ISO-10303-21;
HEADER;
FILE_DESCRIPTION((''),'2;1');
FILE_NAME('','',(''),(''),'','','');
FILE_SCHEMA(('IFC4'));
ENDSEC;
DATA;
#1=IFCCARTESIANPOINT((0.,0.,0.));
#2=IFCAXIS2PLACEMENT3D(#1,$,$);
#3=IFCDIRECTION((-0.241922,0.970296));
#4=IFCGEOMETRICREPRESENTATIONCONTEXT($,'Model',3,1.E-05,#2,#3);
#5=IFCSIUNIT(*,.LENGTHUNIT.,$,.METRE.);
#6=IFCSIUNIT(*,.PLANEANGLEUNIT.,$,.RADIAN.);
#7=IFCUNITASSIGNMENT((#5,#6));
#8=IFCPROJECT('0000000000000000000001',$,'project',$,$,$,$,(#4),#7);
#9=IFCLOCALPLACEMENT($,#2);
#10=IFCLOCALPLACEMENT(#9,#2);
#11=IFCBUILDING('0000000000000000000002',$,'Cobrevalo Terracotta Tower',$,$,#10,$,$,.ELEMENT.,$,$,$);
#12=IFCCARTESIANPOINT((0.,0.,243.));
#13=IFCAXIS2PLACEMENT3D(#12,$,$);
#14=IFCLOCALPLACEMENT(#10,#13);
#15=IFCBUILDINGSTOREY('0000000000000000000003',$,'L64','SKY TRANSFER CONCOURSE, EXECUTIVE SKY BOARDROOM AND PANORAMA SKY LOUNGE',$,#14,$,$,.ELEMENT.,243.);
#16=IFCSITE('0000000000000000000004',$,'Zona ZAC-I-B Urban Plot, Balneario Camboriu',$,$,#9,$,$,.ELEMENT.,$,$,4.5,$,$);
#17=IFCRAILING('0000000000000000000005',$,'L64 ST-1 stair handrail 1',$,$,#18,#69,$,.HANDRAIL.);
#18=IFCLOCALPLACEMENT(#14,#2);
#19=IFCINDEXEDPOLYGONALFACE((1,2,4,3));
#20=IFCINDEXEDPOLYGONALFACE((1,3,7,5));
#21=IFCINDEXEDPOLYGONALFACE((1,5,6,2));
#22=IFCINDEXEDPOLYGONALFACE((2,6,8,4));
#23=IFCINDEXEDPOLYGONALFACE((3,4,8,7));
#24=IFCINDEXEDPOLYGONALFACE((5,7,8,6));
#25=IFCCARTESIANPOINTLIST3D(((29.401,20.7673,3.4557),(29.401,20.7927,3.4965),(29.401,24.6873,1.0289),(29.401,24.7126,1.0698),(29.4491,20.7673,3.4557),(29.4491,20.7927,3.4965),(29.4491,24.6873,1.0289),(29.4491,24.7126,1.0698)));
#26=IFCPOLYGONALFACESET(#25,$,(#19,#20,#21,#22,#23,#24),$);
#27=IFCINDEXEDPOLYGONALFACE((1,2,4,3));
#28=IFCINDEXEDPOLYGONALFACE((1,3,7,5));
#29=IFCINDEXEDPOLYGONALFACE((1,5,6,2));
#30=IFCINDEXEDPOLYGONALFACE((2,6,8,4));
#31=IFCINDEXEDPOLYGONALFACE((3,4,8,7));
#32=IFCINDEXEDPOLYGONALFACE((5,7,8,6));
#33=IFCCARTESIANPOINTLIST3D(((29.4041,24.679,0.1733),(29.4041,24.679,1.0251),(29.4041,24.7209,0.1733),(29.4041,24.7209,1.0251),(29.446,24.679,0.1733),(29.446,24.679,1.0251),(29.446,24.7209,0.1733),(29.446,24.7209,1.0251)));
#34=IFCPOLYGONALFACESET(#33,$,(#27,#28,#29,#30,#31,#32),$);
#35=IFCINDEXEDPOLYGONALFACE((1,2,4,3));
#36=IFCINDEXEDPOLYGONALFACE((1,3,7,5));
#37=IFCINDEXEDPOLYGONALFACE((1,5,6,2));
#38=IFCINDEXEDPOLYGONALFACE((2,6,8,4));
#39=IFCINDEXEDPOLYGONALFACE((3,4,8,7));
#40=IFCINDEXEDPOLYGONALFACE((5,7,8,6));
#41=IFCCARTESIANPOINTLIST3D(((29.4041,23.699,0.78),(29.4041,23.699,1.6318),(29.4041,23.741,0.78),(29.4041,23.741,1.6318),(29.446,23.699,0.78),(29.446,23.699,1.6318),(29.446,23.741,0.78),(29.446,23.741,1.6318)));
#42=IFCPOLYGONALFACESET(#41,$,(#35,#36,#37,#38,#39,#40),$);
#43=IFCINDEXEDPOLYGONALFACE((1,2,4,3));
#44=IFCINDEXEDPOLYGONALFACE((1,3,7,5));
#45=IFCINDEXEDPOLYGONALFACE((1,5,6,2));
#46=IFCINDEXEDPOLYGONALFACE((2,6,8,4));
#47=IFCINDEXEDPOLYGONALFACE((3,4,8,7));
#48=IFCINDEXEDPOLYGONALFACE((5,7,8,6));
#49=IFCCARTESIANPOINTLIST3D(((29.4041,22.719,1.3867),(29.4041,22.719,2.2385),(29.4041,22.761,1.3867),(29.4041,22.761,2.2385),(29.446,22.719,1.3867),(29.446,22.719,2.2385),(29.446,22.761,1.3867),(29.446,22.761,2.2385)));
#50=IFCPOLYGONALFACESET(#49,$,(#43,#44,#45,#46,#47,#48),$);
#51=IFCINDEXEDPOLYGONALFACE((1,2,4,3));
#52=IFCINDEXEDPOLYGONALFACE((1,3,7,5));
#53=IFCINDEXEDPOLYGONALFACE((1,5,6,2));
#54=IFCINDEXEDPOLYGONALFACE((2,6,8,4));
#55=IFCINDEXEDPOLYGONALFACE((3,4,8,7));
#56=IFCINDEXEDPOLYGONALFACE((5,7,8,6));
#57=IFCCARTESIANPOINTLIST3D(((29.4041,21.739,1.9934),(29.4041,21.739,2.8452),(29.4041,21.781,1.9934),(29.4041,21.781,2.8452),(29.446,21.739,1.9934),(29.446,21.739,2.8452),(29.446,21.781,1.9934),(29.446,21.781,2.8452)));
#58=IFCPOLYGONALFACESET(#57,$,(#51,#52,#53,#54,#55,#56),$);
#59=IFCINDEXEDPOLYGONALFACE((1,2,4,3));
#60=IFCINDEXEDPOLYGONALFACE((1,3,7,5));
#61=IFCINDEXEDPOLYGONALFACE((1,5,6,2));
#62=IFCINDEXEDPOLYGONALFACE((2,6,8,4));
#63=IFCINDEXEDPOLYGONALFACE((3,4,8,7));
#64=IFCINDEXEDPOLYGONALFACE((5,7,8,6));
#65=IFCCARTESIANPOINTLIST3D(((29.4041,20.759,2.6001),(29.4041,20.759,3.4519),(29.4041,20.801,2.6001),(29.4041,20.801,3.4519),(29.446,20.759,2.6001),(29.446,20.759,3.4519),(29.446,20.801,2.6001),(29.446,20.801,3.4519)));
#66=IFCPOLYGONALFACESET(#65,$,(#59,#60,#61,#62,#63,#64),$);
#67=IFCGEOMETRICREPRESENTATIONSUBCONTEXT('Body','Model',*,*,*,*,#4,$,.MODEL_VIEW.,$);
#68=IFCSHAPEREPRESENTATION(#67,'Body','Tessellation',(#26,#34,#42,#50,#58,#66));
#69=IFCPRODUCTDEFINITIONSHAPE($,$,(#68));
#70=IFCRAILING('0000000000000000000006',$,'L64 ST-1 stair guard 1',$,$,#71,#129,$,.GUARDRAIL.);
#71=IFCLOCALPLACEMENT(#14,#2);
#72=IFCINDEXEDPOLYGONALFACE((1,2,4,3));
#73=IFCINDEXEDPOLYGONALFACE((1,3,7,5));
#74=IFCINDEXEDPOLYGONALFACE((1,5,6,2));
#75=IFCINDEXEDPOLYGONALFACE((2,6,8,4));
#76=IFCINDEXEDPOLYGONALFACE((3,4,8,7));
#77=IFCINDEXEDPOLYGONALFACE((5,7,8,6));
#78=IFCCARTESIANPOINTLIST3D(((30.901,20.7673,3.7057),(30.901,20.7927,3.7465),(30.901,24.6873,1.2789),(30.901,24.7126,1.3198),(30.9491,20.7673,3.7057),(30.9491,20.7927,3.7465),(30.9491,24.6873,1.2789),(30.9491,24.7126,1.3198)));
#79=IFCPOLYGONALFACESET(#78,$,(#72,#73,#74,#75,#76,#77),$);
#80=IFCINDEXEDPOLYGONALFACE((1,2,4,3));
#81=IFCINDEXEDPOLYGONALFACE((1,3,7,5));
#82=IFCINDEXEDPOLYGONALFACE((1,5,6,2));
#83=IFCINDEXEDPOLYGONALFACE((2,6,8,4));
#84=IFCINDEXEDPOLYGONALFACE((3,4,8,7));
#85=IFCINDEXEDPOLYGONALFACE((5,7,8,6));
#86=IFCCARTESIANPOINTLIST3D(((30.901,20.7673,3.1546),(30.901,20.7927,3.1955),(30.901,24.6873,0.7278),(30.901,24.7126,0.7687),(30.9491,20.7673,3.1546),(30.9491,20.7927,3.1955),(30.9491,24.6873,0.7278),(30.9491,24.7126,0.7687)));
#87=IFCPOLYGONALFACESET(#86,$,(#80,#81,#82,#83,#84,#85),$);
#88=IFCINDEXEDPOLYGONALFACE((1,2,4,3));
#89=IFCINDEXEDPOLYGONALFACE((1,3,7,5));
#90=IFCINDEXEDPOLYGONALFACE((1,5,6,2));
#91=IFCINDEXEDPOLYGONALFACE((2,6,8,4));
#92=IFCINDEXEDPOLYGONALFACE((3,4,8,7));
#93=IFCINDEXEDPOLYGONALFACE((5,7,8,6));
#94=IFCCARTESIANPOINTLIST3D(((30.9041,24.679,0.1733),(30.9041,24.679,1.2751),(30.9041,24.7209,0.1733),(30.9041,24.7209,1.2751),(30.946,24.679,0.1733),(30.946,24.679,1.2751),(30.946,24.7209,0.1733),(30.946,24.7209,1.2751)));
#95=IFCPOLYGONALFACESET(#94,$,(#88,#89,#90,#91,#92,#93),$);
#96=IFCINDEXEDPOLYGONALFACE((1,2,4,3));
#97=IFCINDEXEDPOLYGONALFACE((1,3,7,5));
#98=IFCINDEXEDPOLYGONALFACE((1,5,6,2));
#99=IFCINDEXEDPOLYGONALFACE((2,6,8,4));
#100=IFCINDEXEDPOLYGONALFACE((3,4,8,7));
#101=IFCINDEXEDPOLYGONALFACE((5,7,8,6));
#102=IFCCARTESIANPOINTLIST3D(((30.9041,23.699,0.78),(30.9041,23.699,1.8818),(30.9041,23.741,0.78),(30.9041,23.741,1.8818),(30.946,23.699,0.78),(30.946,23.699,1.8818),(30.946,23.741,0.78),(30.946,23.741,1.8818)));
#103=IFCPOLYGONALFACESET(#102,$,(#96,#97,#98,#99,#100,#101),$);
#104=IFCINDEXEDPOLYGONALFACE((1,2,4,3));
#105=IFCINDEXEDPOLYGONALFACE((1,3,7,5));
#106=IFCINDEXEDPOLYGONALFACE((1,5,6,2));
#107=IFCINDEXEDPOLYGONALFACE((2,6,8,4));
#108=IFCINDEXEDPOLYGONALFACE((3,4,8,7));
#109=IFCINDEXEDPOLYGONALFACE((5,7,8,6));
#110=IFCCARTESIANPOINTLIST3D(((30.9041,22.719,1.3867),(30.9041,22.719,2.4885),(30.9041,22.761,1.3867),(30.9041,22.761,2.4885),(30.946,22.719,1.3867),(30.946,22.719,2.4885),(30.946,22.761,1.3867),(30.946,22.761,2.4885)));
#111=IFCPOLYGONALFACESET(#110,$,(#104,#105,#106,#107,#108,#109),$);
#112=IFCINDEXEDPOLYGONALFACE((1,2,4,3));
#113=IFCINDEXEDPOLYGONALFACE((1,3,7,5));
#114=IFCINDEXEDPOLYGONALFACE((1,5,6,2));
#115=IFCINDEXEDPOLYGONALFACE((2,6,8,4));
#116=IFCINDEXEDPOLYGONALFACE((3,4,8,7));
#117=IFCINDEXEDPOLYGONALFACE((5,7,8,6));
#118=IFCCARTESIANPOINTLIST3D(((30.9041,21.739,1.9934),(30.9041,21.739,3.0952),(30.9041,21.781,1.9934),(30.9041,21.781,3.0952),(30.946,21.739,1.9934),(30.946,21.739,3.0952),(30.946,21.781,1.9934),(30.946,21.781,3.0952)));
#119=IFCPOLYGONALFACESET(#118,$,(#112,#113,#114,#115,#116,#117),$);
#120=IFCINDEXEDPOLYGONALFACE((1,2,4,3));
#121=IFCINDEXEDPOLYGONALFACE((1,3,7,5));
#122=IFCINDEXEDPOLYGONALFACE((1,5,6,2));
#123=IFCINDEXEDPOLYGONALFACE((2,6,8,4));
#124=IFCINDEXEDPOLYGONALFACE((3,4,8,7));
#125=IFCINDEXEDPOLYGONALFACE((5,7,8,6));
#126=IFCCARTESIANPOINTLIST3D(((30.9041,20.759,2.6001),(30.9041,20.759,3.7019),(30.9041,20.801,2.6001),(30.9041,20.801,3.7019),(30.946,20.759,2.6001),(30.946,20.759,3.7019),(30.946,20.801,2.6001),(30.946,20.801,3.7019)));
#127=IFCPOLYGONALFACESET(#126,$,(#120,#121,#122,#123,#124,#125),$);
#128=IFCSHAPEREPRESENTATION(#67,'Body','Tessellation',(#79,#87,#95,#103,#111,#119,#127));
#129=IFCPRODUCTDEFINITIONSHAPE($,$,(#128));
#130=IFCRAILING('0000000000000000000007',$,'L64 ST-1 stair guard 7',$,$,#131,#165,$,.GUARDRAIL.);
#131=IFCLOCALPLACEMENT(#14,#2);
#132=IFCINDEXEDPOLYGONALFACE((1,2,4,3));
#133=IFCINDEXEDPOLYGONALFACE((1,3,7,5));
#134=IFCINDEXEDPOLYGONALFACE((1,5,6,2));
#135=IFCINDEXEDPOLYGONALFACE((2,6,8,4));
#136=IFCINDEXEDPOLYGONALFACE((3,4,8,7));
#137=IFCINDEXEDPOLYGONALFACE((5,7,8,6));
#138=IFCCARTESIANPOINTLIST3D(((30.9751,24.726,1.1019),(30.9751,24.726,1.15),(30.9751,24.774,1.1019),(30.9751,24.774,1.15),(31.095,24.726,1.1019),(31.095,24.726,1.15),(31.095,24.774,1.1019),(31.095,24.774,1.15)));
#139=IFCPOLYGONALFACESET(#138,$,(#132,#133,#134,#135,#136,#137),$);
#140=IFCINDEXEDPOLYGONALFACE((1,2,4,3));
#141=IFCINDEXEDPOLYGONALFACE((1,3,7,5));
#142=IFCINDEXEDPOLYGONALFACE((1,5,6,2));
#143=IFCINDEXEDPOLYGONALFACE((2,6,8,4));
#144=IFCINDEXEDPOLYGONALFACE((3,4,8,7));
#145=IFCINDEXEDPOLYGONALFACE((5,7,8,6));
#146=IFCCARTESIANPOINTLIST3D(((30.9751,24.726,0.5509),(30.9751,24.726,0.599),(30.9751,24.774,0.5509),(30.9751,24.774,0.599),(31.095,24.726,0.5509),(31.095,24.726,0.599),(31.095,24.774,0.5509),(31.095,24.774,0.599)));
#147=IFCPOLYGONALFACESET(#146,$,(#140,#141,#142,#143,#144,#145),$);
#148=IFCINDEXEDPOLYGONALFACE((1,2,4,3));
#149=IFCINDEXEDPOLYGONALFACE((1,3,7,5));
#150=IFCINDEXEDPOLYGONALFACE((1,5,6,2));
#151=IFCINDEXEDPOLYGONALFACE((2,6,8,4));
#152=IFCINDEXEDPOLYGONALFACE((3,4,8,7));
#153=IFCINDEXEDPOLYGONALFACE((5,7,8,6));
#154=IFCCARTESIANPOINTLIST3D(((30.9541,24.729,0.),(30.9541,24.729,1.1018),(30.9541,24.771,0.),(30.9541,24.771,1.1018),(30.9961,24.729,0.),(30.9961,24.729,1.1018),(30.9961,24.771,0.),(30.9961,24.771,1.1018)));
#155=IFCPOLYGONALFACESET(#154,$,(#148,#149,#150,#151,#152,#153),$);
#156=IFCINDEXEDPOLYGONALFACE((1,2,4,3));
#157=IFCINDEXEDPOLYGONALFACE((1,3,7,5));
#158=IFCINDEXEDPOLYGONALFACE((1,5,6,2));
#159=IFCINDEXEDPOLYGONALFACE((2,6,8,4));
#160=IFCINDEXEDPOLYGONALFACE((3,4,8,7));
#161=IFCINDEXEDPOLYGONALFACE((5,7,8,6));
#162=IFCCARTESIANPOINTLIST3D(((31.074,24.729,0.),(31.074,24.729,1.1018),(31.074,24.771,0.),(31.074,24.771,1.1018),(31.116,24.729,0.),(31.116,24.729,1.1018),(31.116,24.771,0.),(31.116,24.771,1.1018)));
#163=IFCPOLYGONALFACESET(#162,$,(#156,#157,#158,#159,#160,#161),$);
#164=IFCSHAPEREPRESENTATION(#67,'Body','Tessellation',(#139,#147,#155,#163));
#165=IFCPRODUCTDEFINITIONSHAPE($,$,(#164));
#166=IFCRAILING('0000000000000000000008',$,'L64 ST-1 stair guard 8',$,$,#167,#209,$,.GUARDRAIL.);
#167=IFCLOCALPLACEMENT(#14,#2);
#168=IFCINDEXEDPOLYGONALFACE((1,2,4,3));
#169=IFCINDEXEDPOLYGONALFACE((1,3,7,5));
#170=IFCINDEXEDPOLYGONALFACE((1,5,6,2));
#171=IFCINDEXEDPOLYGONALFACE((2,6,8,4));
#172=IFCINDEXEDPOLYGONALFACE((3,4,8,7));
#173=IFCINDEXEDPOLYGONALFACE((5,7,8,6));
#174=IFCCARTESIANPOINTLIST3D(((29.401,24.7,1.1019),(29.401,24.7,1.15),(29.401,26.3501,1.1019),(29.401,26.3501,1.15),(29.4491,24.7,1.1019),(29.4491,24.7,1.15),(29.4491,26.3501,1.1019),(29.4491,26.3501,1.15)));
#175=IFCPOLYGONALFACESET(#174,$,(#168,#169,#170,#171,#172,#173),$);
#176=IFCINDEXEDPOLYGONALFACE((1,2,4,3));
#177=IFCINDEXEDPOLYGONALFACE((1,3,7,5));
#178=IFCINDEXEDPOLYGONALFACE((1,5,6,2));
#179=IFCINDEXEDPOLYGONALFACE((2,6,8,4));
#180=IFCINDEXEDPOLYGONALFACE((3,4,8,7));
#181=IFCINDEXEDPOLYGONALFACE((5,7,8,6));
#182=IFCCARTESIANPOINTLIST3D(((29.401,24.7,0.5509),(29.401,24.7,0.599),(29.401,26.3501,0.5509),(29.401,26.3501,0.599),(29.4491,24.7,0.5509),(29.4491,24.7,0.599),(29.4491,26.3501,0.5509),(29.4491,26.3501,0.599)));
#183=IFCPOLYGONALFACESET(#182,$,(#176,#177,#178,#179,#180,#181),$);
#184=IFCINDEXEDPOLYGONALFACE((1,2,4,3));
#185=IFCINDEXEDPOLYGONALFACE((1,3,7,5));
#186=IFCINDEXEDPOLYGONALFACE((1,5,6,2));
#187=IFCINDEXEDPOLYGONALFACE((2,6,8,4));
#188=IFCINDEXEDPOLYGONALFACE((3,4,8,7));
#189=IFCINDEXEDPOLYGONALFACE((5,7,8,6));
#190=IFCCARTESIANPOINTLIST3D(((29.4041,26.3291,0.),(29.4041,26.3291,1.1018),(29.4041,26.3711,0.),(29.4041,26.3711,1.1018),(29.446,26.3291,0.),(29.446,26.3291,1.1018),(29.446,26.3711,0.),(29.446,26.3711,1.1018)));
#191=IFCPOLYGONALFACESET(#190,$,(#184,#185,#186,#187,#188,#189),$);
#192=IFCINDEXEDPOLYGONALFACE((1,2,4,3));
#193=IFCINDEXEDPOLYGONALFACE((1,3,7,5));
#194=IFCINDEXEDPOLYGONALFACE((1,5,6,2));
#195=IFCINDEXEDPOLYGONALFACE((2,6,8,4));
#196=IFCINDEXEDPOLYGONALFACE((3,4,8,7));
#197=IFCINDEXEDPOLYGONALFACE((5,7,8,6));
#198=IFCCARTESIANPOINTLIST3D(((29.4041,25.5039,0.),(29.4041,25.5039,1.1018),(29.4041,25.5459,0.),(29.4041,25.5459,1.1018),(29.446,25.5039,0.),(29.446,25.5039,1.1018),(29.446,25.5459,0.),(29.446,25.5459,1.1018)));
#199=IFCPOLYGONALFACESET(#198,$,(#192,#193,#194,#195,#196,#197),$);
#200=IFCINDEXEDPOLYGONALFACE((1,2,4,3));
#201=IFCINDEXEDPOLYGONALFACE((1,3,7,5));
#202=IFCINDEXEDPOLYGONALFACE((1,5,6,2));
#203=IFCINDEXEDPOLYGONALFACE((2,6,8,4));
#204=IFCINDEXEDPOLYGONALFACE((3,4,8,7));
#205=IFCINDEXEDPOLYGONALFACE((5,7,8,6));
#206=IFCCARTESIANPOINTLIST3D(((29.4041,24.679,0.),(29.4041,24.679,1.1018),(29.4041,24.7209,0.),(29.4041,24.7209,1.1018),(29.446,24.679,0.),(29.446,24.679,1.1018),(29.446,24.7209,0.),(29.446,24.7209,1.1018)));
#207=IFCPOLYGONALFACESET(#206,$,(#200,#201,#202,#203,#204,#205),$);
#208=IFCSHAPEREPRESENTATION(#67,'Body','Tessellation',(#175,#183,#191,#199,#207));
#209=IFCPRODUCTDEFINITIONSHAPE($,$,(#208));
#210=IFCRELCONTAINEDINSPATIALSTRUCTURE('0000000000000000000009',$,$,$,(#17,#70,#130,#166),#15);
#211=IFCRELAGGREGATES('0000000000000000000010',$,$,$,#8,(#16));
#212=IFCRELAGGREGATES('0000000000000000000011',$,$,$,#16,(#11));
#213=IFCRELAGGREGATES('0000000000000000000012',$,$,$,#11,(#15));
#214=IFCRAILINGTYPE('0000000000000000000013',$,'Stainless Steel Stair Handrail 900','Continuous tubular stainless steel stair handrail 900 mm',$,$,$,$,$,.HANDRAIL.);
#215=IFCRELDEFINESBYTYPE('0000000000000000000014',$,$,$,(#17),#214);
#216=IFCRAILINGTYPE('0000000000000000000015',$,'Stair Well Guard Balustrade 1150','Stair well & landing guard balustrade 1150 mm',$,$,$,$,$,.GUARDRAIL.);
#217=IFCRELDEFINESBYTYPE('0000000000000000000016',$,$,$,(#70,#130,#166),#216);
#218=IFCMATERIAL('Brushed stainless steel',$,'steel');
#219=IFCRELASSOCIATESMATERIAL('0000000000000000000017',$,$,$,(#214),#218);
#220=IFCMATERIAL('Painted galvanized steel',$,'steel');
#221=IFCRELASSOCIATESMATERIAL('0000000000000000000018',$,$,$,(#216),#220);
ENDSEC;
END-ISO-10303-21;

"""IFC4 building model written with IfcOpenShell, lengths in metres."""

from ifc_helpers import new_model, si_unit, direction, frame, origin, origin_2d, place, context, subcontext, project, spatial, rectangle, extrude, material, type_object, element, save


model = new_model("IFC4")

# Units and contexts
model_context = context("Model", 3, precision=1e-05, world=origin(), true_north=direction((-0.241922, 0.970296)))
body_context = subcontext(model_context, "Body", "Model", "MODEL_VIEW")
ifc_project = project(units=[si_unit("LENGTHUNIT", "METRE"), si_unit("PLANEANGLEUNIT", "RADIAN")], contexts=[model_context])

# Site, building, storey
site_placement = place(None, origin())
site = spatial("IfcSite", under=ifc_project, at=site_placement, Name="Zona ZAC-I-B Urban Plot, Balneario Camboriu", CompositionType="ELEMENT", RefElevation=4.5)
building_placement = place(site_placement, origin())
building = spatial("IfcBuilding", under=site, at=building_placement, Name="Cobrevalo Terracotta Tower", CompositionType="ELEMENT")
storey_placement = place(building_placement, frame((0.0, 0.0, 243.0)))
storey = spatial("IfcBuildingStorey", under=building, at=storey_placement, Name="L64", Description="SKY TRANSFER CONCOURSE, EXECUTIVE SKY BOARDROOM AND PANORAMA SKY LOUNGE", CompositionType="ELEMENT", Elevation=243.0)

# Shared definitions
ifc_material_1 = material(Name="Brushed stainless steel", Category="steel")

# Railings
railing_type_1 = type_object("IfcRailingType", Name="Stainless Steel Stair Handrail 900", Description="Continuous tubular stainless steel stair handrail 900 mm", PredefinedType="HANDRAIL", material=ifc_material_1)
railing_1_placement = place(storey_placement, frame((29.425, 24.7, 0.1733)))
element("IfcRailing", 1, at=railing_1_placement, inside=storey, type_object=railing_type_1, Name="L64 ST-1 stair handrail 1", PredefinedType="HANDRAIL", context=body_context, shape_type="SweptSolid", body=[
    extrude(rectangle(XDim=0.0481, YDim=0.0481, at=origin_2d()), frame((0.0, 0.0, 0.876), z_axis=(0.0, -0.850252, 0.526376), x_axis=(1.0, 0.0, 0.0)), (0.0, 0.0, 1.0), 4.6104),
    extrude(rectangle(XDim=0.042, YDim=0.042, at=origin_2d()), origin(), (0.0, 0.0, 1.0), 0.8518),
    extrude(rectangle(XDim=0.042, YDim=0.042, at=origin_2d()), frame((0.0, -0.98, 0.6067)), (0.0, 0.0, 1.0), 0.8518),
    extrude(rectangle(XDim=0.042, YDim=0.042, at=origin_2d()), frame((0.0, -1.96, 1.2134)), (0.0, 0.0, 1.0), 0.8518),
    extrude(rectangle(XDim=0.042, YDim=0.042, at=origin_2d()), frame((0.0, -2.9399, 1.8201)), (0.0, 0.0, 1.0), 0.8518),
    extrude(rectangle(XDim=0.042, YDim=0.042, at=origin_2d()), frame((0.0, -3.9199, 2.4268)), (0.0, 0.0, 1.0), 0.8518),
])
ifc_material_2 = material(Name="Painted galvanized steel", Category="steel")
railing_type_2 = type_object("IfcRailingType", Name="Stair Well Guard Balustrade 1150", Description="Stair well & landing guard balustrade 1150 mm", PredefinedType="GUARDRAIL", material=ifc_material_2)
railing_2_placement = place(storey_placement, frame((30.925, 24.7, 0.1733)))
element("IfcRailing", 2, at=railing_2_placement, inside=storey, type_object=railing_type_2, Name="L64 ST-1 stair guard 1", PredefinedType="GUARDRAIL", context=body_context, shape_type="SweptSolid", body=[
    extrude(rectangle(XDim=0.0481, YDim=0.0481, at=origin_2d()), frame((0.0, 0.0, 1.126), z_axis=(0.0, -0.850252, 0.526376), x_axis=(1.0, 0.0, 0.0)), (0.0, 0.0, 1.0), 4.6104),
    extrude(rectangle(XDim=0.0481, YDim=0.0481, at=origin_2d()), frame((0.0, 0.0, 0.575), z_axis=(0.0, -0.850252, 0.526376), x_axis=(1.0, 0.0, 0.0)), (0.0, 0.0, 1.0), 4.6104),
    extrude(rectangle(XDim=0.042, YDim=0.042, at=origin_2d()), origin(), (0.0, 0.0, 1.0), 1.1018),
    extrude(rectangle(XDim=0.042, YDim=0.042, at=origin_2d()), frame((0.0, -0.98, 0.6067)), (0.0, 0.0, 1.0), 1.1018),
    extrude(rectangle(XDim=0.042, YDim=0.042, at=origin_2d()), frame((0.0, -1.96, 1.2134)), (0.0, 0.0, 1.0), 1.1018),
    extrude(rectangle(XDim=0.042, YDim=0.042, at=origin_2d()), frame((0.0, -2.9399, 1.8201)), (0.0, 0.0, 1.0), 1.1018),
    extrude(rectangle(XDim=0.042, YDim=0.042, at=origin_2d()), frame((0.0, -3.9199, 2.4268)), (0.0, 0.0, 1.0), 1.1018),
])
railing_3_placement = place(storey_placement, frame((30.9751, 24.75, 0.0)))
element("IfcRailing", 3, at=railing_3_placement, inside=storey, type_object=railing_type_2, Name="L64 ST-1 stair guard 7", PredefinedType="GUARDRAIL", context=body_context, shape_type="SweptSolid", body=[
    extrude(rectangle(XDim=0.0481, YDim=0.0481, at=origin_2d()), frame((0.0, 0.0, 1.126), z_axis=(1.0, 0.0, 0.0), x_axis=(0.0, 1.0, 0.0)), (0.0, 0.0, 1.0), 0.1199),
    extrude(rectangle(XDim=0.0481, YDim=0.0481, at=origin_2d()), frame((0.0, 0.0, 0.575), z_axis=(1.0, 0.0, 0.0), x_axis=(0.0, 1.0, 0.0)), (0.0, 0.0, 1.0), 0.1199),
    extrude(rectangle(XDim=0.042, YDim=0.042, at=origin_2d()), origin(), (0.0, 0.0, 1.0), 1.1018),
    extrude(rectangle(XDim=0.042, YDim=0.042, at=origin_2d()), frame((0.1199, 0.0, 0.0)), (0.0, 0.0, 1.0), 1.1018),
])
for number, where, name in (
    (4, (29.425, 26.3501, 0.0), "L64 ST-1 stair guard 8"),
):
    element("IfcRailing", number, at=place(storey_placement, frame(where)), inside=storey, type_object=railing_type_2, Name=name, PredefinedType="GUARDRAIL", context=body_context, shape_type="SweptSolid", body=[
        extrude(rectangle(XDim=0.0481, YDim=0.0481, at=origin_2d()), frame((0.0, 0.0, 1.126), z_axis=(0.0, -1.0, 0.0), x_axis=(1.0, 0.0, 0.0)), (0.0, 0.0, 1.0), 1.6501),
        extrude(rectangle(XDim=0.0481, YDim=0.0481, at=origin_2d()), frame((0.0, 0.0, 0.575), z_axis=(0.0, -1.0, 0.0), x_axis=(1.0, 0.0, 0.0)), (0.0, 0.0, 1.0), 1.6501),
        extrude(rectangle(XDim=0.042, YDim=0.042, at=origin_2d()), origin(), (0.0, 0.0, 1.0), 1.1018),
        extrude(rectangle(XDim=0.042, YDim=0.042, at=origin_2d()), frame((0.0, -0.8252, 0.0)), (0.0, 0.0, 1.0), 1.1018),
        extrude(rectangle(XDim=0.042, YDim=0.042, at=origin_2d()), frame((0.0, -1.6501, 0.0)), (0.0, 0.0, 1.0), 1.1018),
    ])

save(model, "model.ifc")
